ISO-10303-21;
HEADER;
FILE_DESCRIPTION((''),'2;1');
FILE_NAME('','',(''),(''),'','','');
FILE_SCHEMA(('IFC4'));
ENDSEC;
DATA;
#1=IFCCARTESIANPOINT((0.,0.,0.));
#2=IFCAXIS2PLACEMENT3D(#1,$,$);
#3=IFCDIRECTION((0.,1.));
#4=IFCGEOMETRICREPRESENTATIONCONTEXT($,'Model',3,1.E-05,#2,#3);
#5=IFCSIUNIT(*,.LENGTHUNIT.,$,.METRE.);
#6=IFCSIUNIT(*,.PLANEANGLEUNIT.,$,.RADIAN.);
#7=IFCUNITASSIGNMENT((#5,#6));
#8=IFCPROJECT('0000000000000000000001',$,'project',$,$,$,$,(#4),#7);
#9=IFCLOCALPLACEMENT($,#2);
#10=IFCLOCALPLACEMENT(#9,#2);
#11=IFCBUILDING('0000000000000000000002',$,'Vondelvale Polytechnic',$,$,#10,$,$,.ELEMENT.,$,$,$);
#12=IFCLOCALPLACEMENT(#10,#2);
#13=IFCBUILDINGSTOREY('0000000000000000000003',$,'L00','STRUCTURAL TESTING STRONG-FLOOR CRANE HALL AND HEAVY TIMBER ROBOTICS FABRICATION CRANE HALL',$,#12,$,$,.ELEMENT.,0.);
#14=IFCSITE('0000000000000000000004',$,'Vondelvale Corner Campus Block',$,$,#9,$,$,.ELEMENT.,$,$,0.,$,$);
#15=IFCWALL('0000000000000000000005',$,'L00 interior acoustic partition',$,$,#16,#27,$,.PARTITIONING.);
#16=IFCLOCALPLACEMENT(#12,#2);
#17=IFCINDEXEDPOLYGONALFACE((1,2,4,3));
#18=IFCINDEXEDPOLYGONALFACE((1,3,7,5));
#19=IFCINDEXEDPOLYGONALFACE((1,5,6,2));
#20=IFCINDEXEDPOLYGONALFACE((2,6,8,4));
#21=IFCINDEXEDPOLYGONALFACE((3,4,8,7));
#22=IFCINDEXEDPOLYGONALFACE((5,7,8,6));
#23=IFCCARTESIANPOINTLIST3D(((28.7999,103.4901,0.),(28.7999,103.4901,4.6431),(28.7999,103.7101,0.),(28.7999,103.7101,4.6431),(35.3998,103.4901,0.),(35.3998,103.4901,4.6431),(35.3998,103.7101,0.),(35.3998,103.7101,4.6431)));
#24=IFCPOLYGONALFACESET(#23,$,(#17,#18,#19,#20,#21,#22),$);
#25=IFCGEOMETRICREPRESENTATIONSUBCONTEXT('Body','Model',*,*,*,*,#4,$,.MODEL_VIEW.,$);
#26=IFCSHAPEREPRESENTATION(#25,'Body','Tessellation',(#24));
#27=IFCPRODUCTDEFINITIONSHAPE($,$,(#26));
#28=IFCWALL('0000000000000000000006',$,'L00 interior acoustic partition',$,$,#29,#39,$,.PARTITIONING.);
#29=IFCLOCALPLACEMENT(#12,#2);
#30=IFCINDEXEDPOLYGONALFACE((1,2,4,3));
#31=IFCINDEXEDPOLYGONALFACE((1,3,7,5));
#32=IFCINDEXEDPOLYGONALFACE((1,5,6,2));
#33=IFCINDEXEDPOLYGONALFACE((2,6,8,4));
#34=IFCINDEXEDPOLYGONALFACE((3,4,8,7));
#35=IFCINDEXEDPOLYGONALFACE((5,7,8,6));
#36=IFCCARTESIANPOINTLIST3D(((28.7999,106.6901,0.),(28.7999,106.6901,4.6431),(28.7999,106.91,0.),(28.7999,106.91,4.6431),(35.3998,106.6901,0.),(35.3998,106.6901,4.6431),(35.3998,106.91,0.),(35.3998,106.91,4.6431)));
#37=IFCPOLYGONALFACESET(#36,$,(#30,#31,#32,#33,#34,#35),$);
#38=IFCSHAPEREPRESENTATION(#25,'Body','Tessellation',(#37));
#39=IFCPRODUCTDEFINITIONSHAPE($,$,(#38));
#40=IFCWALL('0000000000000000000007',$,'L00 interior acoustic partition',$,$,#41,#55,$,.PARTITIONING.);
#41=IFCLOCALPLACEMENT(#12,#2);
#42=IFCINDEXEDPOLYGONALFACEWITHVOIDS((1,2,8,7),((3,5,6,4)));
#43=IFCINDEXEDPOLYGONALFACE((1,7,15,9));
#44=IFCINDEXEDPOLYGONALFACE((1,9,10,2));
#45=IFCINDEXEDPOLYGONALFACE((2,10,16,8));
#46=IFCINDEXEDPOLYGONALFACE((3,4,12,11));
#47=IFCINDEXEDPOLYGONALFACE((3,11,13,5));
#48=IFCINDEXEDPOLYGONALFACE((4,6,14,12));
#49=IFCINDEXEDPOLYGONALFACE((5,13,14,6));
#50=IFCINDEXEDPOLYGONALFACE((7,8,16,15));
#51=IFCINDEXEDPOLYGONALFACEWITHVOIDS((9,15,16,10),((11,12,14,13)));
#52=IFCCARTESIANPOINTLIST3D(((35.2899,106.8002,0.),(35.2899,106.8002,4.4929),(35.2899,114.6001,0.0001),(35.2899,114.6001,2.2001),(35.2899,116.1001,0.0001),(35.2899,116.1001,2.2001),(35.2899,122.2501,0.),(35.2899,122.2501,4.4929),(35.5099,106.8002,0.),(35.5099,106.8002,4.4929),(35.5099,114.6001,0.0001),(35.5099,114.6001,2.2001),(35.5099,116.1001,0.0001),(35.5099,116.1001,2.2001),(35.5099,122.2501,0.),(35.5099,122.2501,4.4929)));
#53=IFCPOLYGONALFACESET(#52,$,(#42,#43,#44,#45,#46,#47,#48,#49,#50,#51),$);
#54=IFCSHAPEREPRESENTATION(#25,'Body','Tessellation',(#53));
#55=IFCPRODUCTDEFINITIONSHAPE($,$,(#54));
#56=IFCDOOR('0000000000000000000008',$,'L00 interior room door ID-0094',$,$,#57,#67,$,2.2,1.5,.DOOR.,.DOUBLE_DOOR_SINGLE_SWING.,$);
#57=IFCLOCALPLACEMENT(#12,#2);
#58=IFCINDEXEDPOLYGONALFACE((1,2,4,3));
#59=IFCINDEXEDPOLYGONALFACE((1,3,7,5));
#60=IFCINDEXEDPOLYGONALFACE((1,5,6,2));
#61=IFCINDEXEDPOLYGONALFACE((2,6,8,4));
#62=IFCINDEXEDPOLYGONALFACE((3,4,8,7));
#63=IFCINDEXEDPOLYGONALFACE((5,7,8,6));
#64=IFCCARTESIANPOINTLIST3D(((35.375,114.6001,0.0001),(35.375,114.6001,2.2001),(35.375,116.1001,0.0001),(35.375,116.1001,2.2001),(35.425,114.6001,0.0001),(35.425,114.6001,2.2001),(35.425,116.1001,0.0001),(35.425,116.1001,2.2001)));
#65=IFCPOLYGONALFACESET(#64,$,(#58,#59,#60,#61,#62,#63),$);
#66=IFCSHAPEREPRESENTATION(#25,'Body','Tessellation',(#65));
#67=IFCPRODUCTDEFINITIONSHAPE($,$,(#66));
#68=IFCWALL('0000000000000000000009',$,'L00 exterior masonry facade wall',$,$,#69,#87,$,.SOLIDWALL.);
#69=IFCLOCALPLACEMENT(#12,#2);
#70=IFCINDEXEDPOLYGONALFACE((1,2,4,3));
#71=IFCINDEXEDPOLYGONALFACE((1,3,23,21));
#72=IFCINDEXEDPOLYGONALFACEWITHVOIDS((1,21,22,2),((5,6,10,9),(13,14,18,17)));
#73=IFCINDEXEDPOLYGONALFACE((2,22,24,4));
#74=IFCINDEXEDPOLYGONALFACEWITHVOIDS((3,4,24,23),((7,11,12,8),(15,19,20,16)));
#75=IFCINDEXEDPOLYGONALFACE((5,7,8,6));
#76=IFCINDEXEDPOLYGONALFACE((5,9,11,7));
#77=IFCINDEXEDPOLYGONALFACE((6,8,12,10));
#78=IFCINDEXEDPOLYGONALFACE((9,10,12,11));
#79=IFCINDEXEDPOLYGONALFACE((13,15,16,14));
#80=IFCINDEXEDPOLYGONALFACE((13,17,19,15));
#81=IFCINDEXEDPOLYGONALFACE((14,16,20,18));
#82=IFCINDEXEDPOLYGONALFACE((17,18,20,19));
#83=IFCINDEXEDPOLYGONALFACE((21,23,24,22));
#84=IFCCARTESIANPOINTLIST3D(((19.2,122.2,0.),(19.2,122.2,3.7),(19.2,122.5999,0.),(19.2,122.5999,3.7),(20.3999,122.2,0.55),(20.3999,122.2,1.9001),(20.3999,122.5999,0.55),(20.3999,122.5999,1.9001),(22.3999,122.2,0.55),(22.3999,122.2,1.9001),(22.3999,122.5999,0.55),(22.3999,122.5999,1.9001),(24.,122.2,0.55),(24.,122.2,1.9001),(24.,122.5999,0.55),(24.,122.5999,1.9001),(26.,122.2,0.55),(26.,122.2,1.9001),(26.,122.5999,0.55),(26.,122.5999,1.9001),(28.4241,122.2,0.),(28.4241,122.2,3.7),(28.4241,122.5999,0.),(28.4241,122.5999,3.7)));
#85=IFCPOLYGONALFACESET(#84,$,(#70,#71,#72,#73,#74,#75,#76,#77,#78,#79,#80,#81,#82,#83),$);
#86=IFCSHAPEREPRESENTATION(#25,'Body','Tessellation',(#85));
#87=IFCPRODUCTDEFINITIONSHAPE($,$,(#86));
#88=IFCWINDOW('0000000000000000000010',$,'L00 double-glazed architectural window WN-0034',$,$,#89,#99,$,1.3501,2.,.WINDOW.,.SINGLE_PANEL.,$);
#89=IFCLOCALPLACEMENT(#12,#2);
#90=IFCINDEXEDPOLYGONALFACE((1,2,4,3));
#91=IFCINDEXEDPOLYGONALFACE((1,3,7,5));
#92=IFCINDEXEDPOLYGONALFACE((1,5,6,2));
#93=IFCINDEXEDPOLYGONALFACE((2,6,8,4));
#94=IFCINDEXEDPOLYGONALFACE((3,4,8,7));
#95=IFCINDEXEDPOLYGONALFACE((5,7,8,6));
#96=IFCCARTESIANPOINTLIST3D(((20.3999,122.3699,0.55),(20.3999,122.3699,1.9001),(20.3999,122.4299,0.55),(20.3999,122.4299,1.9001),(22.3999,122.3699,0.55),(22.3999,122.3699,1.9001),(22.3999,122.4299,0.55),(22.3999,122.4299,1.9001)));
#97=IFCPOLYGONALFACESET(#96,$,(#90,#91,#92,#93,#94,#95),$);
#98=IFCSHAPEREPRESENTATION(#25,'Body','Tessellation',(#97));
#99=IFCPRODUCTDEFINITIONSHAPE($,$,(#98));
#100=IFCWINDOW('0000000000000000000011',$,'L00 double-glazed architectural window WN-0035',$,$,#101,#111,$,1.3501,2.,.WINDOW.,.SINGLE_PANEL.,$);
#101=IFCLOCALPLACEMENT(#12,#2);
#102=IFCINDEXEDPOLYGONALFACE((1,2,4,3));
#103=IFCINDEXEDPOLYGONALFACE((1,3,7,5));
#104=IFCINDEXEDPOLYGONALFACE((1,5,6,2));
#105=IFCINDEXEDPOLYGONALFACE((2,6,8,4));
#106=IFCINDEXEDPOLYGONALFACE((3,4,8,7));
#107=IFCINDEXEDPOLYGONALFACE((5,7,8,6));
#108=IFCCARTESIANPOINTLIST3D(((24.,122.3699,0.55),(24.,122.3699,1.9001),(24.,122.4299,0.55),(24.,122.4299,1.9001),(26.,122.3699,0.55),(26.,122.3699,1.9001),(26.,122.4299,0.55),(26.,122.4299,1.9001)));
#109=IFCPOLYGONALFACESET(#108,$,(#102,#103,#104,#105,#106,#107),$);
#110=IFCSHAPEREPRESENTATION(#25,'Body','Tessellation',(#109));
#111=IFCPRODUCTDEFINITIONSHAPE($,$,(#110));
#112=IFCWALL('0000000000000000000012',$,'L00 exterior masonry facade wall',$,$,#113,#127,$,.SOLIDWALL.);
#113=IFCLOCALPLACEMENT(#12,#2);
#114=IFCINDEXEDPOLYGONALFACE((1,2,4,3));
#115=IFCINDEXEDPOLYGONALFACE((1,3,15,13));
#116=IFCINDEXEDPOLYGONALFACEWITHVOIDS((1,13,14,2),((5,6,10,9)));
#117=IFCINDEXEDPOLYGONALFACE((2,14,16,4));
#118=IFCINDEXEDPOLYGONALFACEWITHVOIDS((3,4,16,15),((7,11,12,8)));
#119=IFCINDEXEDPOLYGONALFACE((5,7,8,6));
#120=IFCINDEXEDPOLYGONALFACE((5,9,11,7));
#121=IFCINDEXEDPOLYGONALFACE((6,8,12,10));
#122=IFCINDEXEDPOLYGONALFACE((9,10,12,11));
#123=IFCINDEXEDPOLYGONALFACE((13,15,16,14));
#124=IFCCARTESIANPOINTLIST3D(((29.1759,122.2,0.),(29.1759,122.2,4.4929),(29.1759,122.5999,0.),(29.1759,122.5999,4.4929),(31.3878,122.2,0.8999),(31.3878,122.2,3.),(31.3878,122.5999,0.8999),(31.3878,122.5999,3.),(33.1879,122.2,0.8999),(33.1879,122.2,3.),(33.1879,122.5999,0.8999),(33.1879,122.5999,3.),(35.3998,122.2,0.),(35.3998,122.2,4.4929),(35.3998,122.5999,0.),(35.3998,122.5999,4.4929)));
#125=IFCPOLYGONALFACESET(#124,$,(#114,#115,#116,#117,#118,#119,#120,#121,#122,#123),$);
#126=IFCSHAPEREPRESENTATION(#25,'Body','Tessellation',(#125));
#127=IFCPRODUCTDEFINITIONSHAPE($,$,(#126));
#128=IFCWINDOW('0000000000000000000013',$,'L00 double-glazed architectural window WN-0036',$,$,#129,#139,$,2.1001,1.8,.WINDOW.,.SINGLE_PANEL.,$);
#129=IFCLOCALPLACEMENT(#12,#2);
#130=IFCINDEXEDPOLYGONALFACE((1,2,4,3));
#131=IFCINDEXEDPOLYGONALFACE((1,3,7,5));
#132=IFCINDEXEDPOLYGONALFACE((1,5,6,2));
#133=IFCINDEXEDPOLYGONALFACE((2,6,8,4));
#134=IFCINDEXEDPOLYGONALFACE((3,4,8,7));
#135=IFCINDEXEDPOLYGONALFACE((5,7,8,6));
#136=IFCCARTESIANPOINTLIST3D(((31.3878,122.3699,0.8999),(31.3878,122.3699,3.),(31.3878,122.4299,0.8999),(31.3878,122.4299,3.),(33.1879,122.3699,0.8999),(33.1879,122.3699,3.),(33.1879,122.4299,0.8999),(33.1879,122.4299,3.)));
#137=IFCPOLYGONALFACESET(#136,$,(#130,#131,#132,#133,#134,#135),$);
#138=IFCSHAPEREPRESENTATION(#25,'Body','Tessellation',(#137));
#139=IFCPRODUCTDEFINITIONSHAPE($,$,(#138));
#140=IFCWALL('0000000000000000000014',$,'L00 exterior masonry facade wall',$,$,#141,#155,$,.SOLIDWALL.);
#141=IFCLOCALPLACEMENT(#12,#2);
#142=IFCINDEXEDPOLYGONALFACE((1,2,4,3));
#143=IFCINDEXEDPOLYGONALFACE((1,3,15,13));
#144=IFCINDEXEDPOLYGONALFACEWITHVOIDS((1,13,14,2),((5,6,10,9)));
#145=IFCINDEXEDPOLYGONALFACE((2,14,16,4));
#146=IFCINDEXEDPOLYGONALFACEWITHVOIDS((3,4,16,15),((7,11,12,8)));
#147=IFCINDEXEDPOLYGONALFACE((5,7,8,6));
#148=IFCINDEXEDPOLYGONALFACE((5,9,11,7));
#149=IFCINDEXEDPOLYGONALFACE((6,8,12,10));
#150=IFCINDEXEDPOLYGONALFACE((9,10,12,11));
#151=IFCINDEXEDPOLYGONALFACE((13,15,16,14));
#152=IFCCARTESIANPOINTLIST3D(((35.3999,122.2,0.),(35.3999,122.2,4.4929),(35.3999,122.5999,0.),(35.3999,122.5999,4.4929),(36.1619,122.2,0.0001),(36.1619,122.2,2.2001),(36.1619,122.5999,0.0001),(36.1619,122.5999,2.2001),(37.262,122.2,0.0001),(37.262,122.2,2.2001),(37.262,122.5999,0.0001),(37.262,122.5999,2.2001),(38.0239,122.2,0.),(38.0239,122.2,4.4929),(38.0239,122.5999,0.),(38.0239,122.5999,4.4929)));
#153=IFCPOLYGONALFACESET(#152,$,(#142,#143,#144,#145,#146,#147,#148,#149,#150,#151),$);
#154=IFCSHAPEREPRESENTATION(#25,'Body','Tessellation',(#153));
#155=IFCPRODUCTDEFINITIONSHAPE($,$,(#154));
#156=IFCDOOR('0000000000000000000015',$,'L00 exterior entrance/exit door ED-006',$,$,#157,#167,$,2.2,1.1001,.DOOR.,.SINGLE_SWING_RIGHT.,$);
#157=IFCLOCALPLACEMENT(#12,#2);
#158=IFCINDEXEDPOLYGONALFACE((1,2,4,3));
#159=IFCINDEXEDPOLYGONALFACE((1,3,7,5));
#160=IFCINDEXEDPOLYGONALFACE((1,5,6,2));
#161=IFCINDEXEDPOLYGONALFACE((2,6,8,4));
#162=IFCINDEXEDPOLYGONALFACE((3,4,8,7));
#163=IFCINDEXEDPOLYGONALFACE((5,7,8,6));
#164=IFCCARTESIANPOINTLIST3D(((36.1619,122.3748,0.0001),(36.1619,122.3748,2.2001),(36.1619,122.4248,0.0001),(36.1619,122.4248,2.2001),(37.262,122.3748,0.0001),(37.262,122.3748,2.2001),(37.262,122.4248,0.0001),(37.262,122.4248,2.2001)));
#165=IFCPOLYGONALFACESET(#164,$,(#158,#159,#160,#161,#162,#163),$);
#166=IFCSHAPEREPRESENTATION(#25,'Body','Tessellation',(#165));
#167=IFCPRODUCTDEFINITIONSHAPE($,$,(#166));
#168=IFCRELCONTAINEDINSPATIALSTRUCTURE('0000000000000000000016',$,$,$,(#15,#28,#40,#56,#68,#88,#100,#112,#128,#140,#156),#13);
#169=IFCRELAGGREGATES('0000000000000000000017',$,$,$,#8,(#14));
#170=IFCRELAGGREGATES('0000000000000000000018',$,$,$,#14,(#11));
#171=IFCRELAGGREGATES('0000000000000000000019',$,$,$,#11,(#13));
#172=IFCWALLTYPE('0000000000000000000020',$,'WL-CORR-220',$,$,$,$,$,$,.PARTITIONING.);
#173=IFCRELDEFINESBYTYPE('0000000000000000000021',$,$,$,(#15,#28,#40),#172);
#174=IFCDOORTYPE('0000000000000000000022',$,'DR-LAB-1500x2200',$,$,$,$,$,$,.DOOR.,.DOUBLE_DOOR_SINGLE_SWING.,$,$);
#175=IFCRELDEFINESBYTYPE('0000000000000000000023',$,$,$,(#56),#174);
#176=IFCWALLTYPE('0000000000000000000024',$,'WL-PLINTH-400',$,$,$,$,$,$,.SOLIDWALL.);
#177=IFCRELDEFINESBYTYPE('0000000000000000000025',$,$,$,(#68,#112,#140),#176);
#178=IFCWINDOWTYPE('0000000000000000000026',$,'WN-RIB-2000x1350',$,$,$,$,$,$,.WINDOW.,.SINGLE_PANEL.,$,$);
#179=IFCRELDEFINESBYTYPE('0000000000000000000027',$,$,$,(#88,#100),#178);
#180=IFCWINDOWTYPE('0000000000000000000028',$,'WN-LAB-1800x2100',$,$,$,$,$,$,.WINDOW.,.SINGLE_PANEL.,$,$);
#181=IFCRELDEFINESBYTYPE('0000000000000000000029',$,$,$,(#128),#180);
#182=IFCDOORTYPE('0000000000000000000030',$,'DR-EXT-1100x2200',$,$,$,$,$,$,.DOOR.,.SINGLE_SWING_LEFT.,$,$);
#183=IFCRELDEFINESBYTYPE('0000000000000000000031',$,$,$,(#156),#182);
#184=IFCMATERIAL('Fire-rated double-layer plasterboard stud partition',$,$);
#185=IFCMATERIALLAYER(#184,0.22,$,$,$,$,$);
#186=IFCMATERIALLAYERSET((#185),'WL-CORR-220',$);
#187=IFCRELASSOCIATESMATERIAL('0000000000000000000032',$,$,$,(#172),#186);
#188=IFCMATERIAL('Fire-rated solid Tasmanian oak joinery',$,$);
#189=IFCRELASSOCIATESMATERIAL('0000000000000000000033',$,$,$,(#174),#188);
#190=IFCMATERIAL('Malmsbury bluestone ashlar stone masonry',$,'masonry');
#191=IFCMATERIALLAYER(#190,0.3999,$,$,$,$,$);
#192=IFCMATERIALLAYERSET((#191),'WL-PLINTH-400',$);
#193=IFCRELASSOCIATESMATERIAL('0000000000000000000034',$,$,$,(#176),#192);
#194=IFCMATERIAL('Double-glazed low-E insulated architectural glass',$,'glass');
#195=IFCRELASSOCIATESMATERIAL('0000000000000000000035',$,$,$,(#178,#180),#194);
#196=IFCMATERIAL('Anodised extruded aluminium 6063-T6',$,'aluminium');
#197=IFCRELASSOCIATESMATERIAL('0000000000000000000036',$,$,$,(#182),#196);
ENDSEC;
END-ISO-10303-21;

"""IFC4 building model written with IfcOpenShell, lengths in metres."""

from ifc_helpers import new_model, si_unit, direction, frame, frame_2d, origin, place, context, subcontext, project, spatial, rectangle, extrude, material, layer, layer_set, type_object, element, fill, save


model = new_model("IFC4")

# Units and contexts
model_context = context("Model", 3, precision=1e-05, world=origin(), true_north=direction((0.0, 1.0)))
body_context = subcontext(model_context, "Body", "Model", "MODEL_VIEW")
ifc_project = project(units=[si_unit("LENGTHUNIT", "METRE"), si_unit("PLANEANGLEUNIT", "RADIAN")], contexts=[model_context])

# Site, building, storey
site_placement = place(None, origin())
site = spatial("IfcSite", under=ifc_project, at=site_placement, Name="Vondelvale Corner Campus Block", CompositionType="ELEMENT", RefElevation=0.0)
building_placement = place(site_placement, origin())
building = spatial("IfcBuilding", under=site, at=building_placement, Name="Vondelvale Polytechnic", CompositionType="ELEMENT")
storey_placement = place(building_placement, origin())
storey = spatial("IfcBuildingStorey", under=building, at=storey_placement, Name="L00", Description="STRUCTURAL TESTING STRONG-FLOOR CRANE HALL AND HEAVY TIMBER ROBOTICS FABRICATION CRANE HALL", CompositionType="ELEMENT", Elevation=0.0)

# Walls
ifc_material_1 = material(Name="Fire-rated double-layer plasterboard stud partition")
ifc_layer_1 = layer(ifc_material_1, 0.22)
ifc_layer_set_1 = layer_set([ifc_layer_1], Name="WL-CORR-220")
wall_type_1 = type_object("IfcWallType", Name="WL-CORR-220", PredefinedType="PARTITIONING", material=ifc_layer_set_1)
for number, where, z_axis, x_axis, name in (
    (1, (28.8, 103.6001, 0.0), (0.0, 0.0, 1.0), (1.0, 0.0, 0.0), "L00 interior acoustic partition"),
    (2, (28.8, 106.8, 0.0), (0.0, 0.0, 1.0), (1.0, 0.0, 0.0), "L00 interior acoustic partition"),
):
    element("IfcWall", number, at=place(storey_placement, frame(where, z_axis=z_axis, x_axis=x_axis)), inside=storey, type_object=wall_type_1, Name=name, PredefinedType="PARTITIONING", context=body_context, shape_type="SweptSolid", body=[
        extrude(rectangle(XDim=6.5999, YDim=0.22, at=frame_2d((3.2998, 0.0))), origin(), (0.0, 0.0, 1.0), 4.6431),
    ])

# Wall, opening, door
wall_1_placement = place(storey_placement, frame((35.3999, 106.8, 0.0), z_axis=(0.0, 0.0, 1.0), x_axis=(0.0, 1.0, 0.0)))
wall_1 = element("IfcWall", 3, at=wall_1_placement, inside=storey, type_object=wall_type_1, Name="L00 interior acoustic partition", PredefinedType="PARTITIONING", context=body_context, shape_type="SweptSolid", body=[
    extrude(rectangle(XDim=15.45, YDim=0.22, at=frame_2d((7.7251, 0.0))), origin(), (0.0, 0.0, 1.0), 4.4929),
])
opening_1_placement = place(wall_1_placement, frame((7.8, 0.0, 0.0)))
opening_1 = element("IfcOpeningElement", 4, at=opening_1_placement, cuts=wall_1, PredefinedType="OPENING", context=body_context, shape_type="SweptSolid", body=[
    extrude(rectangle(XDim=1.5, YDim=2.2, at=frame_2d((0.75, 1.1001))), frame((0.0, 0.1199, 0.0), z_axis=(0.0, -1.0, 0.0), x_axis=(1.0, 0.0, 0.0)), (0.0, 0.0, 1.0), 0.24),
])
ifc_material_2 = material(Name="Fire-rated solid Tasmanian oak joinery")
door_type_1 = type_object("IfcDoorType", Name="DR-LAB-1500x2200", OperationType="DOUBLE_DOOR_SINGLE_SWING", PredefinedType="DOOR", material=ifc_material_2)
door_1_placement = place(opening_1_placement, origin())
door_1 = element("IfcDoor", 5, at=door_1_placement, inside=storey, type_object=door_type_1, Name="L00 interior room door ID-0094", OperationType="DOUBLE_DOOR_SINGLE_SWING", OverallHeight=2.2, OverallWidth=1.5, PredefinedType="DOOR", context=body_context, shape_type="SweptSolid", body=[
    extrude(rectangle(XDim=1.5, YDim=2.2, at=frame_2d((0.75, 1.1001))), frame((0.0, 0.0249, 0.0), z_axis=(0.0, -1.0, 0.0), x_axis=(1.0, 0.0, 0.0)), (0.0, 0.0, 1.0), 0.05),
])
fill(opening_1, door_1)
ifc_material_3 = material(Name="Malmsbury bluestone ashlar stone masonry", Category="masonry")
ifc_layer_2 = layer(ifc_material_3, 0.3999)
ifc_layer_set_2 = layer_set([ifc_layer_2], Name="WL-PLINTH-400")
wall_type_2 = type_object("IfcWallType", Name="WL-PLINTH-400", PredefinedType="SOLIDWALL", material=ifc_layer_set_2)

# Wall, openings, windows
wall_2_placement = place(storey_placement, frame((19.2, 122.3999, 0.0), z_axis=(0.0, 0.0, 1.0), x_axis=(1.0, 0.0, 0.0)))
wall_2 = element("IfcWall", 6, at=wall_2_placement, inside=storey, type_object=wall_type_2, Name="L00 exterior masonry facade wall", PredefinedType="SOLIDWALL", context=body_context, shape_type="SweptSolid", body=[
    extrude(rectangle(XDim=9.2241, YDim=0.3999, at=frame_2d((4.6121, 0.0))), origin(), (0.0, 0.0, 1.0), 3.7),
])
opening_2_placement = place(wall_2_placement, frame((1.2, 0.0, 0.55)))
opening_2 = element("IfcOpeningElement", 7, at=opening_2_placement, cuts=wall_2, PredefinedType="OPENING", context=body_context, shape_type="SweptSolid", body=[
    extrude(rectangle(XDim=2.0, YDim=1.3501, at=frame_2d((1.0, 0.675))), frame((0.0, 0.21, 0.0), z_axis=(0.0, -1.0, 0.0), x_axis=(1.0, 0.0, 0.0)), (0.0, 0.0, 1.0), 0.4199),
])
opening_3_placement = place(wall_2_placement, frame((4.8, 0.0, 0.55)))
opening_3 = element("IfcOpeningElement", 8, at=opening_3_placement, cuts=wall_2, PredefinedType="OPENING", context=body_context, shape_type="SweptSolid", body=[
    extrude(rectangle(XDim=2.0, YDim=1.3501, at=frame_2d((1.0, 0.675))), frame((0.0, 0.21, 0.0), z_axis=(0.0, -1.0, 0.0), x_axis=(1.0, 0.0, 0.0)), (0.0, 0.0, 1.0), 0.4199),
])
ifc_material_4 = material(Name="Double-glazed low-E insulated architectural glass", Category="glass")
window_type_1 = type_object("IfcWindowType", Name="WN-RIB-2000x1350", PartitioningType="SINGLE_PANEL", PredefinedType="WINDOW", material=ifc_material_4)
window_1_placement = place(opening_2_placement, origin())
window_1 = element("IfcWindow", 9, at=window_1_placement, inside=storey, type_object=window_type_1, Name="L00 double-glazed architectural window WN-0034", OverallHeight=1.3501, OverallWidth=2.0, PartitioningType="SINGLE_PANEL", PredefinedType="WINDOW", context=body_context, shape_type="SweptSolid", body=[
    extrude(rectangle(XDim=2.0, YDim=1.3501, at=frame_2d((1.0, 0.675))), frame((0.0, 0.03, 0.0), z_axis=(0.0, -1.0, 0.0), x_axis=(1.0, 0.0, 0.0)), (0.0, 0.0, 1.0), 0.0601),
])
fill(opening_2, window_1)
window_2_placement = place(opening_3_placement, origin())
window_2 = element("IfcWindow", 10, at=window_2_placement, inside=storey, type_object=window_type_1, Name="L00 double-glazed architectural window WN-0035", OverallHeight=1.3501, OverallWidth=2.0, PartitioningType="SINGLE_PANEL", PredefinedType="WINDOW", context=body_context, shape_type="SweptSolid", body=[
    extrude(rectangle(XDim=2.0, YDim=1.3501, at=frame_2d((1.0, 0.675))), frame((0.0, 0.03, 0.0), z_axis=(0.0, -1.0, 0.0), x_axis=(1.0, 0.0, 0.0)), (0.0, 0.0, 1.0), 0.0601),
])
fill(opening_3, window_2)

# Wall, opening, window
wall_3_placement = place(storey_placement, frame((29.176, 122.3999, 0.0), z_axis=(0.0, 0.0, 1.0), x_axis=(1.0, 0.0, 0.0)))
wall_3 = element("IfcWall", 11, at=wall_3_placement, inside=storey, type_object=wall_type_2, Name="L00 exterior masonry facade wall", PredefinedType="SOLIDWALL", context=body_context, shape_type="SweptSolid", body=[
    extrude(rectangle(XDim=6.2239, YDim=0.3999, at=frame_2d((3.1118, 0.0))), origin(), (0.0, 0.0, 1.0), 4.4929),
])
opening_4_placement = place(wall_3_placement, frame((2.2119, 0.0, 0.8999)))
opening_4 = element("IfcOpeningElement", 12, at=opening_4_placement, cuts=wall_3, PredefinedType="OPENING", context=body_context, shape_type="SweptSolid", body=[
    extrude(rectangle(XDim=1.8, YDim=2.1001, at=frame_2d((0.8999, 1.05))), frame((0.0, 0.21, 0.0), z_axis=(0.0, -1.0, 0.0), x_axis=(1.0, 0.0, 0.0)), (0.0, 0.0, 1.0), 0.4199),
])
window_type_2 = type_object("IfcWindowType", Name="WN-LAB-1800x2100", PartitioningType="SINGLE_PANEL", PredefinedType="WINDOW", material=ifc_material_4)
window_3_placement = place(opening_4_placement, origin())
window_3 = element("IfcWindow", 13, at=window_3_placement, inside=storey, type_object=window_type_2, Name="L00 double-glazed architectural window WN-0036", OverallHeight=2.1001, OverallWidth=1.8, PartitioningType="SINGLE_PANEL", PredefinedType="WINDOW", context=body_context, shape_type="SweptSolid", body=[
    extrude(rectangle(XDim=1.8, YDim=2.1001, at=frame_2d((0.8999, 1.05))), frame((0.0, 0.03, 0.0), z_axis=(0.0, -1.0, 0.0), x_axis=(1.0, 0.0, 0.0)), (0.0, 0.0, 1.0), 0.0601),
])
fill(opening_4, window_3)

# Wall, opening, door
wall_4_placement = place(storey_placement, frame((35.3999, 122.3999, 0.0), z_axis=(0.0, 0.0, 1.0), x_axis=(1.0, 0.0, 0.0)))
wall_4 = element("IfcWall", 14, at=wall_4_placement, inside=storey, type_object=wall_type_2, Name="L00 exterior masonry facade wall", PredefinedType="SOLIDWALL", context=body_context, shape_type="SweptSolid", body=[
    extrude(rectangle(XDim=2.624, YDim=0.3999, at=frame_2d((1.312, 0.0))), origin(), (0.0, 0.0, 1.0), 4.4929),
])
opening_5_placement = place(wall_4_placement, frame((0.762, 0.0, 0.0)))
opening_5 = element("IfcOpeningElement", 15, at=opening_5_placement, cuts=wall_4, PredefinedType="OPENING", context=body_context, shape_type="SweptSolid", body=[
    extrude(rectangle(XDim=1.1001, YDim=2.2, at=frame_2d((0.55, 1.1001))), frame((0.0, 0.21, 0.0), z_axis=(0.0, -1.0, 0.0), x_axis=(1.0, 0.0, 0.0)), (0.0, 0.0, 1.0), 0.4199),
])
ifc_material_5 = material(Name="Anodised extruded aluminium 6063-T6", Category="aluminium")
door_type_2 = type_object("IfcDoorType", Name="DR-EXT-1100x2200", OperationType="SINGLE_SWING_LEFT", PredefinedType="DOOR", material=ifc_material_5)
door_2_placement = place(opening_5_placement, origin())
door_2 = element("IfcDoor", 16, at=door_2_placement, inside=storey, type_object=door_type_2, Name="L00 exterior entrance/exit door ED-006", OperationType="SINGLE_SWING_RIGHT", OverallHeight=2.2, OverallWidth=1.1001, PredefinedType="DOOR", context=body_context, shape_type="SweptSolid", body=[
    extrude(rectangle(XDim=1.1001, YDim=2.2, at=frame_2d((0.55, 1.1001))), frame((0.0, 0.0249, 0.0), z_axis=(0.0, -1.0, 0.0), x_axis=(1.0, 0.0, 0.0)), (0.0, 0.0, 1.0), 0.05),
])
fill(opening_5, door_2)

save(model, "model.ifc")
